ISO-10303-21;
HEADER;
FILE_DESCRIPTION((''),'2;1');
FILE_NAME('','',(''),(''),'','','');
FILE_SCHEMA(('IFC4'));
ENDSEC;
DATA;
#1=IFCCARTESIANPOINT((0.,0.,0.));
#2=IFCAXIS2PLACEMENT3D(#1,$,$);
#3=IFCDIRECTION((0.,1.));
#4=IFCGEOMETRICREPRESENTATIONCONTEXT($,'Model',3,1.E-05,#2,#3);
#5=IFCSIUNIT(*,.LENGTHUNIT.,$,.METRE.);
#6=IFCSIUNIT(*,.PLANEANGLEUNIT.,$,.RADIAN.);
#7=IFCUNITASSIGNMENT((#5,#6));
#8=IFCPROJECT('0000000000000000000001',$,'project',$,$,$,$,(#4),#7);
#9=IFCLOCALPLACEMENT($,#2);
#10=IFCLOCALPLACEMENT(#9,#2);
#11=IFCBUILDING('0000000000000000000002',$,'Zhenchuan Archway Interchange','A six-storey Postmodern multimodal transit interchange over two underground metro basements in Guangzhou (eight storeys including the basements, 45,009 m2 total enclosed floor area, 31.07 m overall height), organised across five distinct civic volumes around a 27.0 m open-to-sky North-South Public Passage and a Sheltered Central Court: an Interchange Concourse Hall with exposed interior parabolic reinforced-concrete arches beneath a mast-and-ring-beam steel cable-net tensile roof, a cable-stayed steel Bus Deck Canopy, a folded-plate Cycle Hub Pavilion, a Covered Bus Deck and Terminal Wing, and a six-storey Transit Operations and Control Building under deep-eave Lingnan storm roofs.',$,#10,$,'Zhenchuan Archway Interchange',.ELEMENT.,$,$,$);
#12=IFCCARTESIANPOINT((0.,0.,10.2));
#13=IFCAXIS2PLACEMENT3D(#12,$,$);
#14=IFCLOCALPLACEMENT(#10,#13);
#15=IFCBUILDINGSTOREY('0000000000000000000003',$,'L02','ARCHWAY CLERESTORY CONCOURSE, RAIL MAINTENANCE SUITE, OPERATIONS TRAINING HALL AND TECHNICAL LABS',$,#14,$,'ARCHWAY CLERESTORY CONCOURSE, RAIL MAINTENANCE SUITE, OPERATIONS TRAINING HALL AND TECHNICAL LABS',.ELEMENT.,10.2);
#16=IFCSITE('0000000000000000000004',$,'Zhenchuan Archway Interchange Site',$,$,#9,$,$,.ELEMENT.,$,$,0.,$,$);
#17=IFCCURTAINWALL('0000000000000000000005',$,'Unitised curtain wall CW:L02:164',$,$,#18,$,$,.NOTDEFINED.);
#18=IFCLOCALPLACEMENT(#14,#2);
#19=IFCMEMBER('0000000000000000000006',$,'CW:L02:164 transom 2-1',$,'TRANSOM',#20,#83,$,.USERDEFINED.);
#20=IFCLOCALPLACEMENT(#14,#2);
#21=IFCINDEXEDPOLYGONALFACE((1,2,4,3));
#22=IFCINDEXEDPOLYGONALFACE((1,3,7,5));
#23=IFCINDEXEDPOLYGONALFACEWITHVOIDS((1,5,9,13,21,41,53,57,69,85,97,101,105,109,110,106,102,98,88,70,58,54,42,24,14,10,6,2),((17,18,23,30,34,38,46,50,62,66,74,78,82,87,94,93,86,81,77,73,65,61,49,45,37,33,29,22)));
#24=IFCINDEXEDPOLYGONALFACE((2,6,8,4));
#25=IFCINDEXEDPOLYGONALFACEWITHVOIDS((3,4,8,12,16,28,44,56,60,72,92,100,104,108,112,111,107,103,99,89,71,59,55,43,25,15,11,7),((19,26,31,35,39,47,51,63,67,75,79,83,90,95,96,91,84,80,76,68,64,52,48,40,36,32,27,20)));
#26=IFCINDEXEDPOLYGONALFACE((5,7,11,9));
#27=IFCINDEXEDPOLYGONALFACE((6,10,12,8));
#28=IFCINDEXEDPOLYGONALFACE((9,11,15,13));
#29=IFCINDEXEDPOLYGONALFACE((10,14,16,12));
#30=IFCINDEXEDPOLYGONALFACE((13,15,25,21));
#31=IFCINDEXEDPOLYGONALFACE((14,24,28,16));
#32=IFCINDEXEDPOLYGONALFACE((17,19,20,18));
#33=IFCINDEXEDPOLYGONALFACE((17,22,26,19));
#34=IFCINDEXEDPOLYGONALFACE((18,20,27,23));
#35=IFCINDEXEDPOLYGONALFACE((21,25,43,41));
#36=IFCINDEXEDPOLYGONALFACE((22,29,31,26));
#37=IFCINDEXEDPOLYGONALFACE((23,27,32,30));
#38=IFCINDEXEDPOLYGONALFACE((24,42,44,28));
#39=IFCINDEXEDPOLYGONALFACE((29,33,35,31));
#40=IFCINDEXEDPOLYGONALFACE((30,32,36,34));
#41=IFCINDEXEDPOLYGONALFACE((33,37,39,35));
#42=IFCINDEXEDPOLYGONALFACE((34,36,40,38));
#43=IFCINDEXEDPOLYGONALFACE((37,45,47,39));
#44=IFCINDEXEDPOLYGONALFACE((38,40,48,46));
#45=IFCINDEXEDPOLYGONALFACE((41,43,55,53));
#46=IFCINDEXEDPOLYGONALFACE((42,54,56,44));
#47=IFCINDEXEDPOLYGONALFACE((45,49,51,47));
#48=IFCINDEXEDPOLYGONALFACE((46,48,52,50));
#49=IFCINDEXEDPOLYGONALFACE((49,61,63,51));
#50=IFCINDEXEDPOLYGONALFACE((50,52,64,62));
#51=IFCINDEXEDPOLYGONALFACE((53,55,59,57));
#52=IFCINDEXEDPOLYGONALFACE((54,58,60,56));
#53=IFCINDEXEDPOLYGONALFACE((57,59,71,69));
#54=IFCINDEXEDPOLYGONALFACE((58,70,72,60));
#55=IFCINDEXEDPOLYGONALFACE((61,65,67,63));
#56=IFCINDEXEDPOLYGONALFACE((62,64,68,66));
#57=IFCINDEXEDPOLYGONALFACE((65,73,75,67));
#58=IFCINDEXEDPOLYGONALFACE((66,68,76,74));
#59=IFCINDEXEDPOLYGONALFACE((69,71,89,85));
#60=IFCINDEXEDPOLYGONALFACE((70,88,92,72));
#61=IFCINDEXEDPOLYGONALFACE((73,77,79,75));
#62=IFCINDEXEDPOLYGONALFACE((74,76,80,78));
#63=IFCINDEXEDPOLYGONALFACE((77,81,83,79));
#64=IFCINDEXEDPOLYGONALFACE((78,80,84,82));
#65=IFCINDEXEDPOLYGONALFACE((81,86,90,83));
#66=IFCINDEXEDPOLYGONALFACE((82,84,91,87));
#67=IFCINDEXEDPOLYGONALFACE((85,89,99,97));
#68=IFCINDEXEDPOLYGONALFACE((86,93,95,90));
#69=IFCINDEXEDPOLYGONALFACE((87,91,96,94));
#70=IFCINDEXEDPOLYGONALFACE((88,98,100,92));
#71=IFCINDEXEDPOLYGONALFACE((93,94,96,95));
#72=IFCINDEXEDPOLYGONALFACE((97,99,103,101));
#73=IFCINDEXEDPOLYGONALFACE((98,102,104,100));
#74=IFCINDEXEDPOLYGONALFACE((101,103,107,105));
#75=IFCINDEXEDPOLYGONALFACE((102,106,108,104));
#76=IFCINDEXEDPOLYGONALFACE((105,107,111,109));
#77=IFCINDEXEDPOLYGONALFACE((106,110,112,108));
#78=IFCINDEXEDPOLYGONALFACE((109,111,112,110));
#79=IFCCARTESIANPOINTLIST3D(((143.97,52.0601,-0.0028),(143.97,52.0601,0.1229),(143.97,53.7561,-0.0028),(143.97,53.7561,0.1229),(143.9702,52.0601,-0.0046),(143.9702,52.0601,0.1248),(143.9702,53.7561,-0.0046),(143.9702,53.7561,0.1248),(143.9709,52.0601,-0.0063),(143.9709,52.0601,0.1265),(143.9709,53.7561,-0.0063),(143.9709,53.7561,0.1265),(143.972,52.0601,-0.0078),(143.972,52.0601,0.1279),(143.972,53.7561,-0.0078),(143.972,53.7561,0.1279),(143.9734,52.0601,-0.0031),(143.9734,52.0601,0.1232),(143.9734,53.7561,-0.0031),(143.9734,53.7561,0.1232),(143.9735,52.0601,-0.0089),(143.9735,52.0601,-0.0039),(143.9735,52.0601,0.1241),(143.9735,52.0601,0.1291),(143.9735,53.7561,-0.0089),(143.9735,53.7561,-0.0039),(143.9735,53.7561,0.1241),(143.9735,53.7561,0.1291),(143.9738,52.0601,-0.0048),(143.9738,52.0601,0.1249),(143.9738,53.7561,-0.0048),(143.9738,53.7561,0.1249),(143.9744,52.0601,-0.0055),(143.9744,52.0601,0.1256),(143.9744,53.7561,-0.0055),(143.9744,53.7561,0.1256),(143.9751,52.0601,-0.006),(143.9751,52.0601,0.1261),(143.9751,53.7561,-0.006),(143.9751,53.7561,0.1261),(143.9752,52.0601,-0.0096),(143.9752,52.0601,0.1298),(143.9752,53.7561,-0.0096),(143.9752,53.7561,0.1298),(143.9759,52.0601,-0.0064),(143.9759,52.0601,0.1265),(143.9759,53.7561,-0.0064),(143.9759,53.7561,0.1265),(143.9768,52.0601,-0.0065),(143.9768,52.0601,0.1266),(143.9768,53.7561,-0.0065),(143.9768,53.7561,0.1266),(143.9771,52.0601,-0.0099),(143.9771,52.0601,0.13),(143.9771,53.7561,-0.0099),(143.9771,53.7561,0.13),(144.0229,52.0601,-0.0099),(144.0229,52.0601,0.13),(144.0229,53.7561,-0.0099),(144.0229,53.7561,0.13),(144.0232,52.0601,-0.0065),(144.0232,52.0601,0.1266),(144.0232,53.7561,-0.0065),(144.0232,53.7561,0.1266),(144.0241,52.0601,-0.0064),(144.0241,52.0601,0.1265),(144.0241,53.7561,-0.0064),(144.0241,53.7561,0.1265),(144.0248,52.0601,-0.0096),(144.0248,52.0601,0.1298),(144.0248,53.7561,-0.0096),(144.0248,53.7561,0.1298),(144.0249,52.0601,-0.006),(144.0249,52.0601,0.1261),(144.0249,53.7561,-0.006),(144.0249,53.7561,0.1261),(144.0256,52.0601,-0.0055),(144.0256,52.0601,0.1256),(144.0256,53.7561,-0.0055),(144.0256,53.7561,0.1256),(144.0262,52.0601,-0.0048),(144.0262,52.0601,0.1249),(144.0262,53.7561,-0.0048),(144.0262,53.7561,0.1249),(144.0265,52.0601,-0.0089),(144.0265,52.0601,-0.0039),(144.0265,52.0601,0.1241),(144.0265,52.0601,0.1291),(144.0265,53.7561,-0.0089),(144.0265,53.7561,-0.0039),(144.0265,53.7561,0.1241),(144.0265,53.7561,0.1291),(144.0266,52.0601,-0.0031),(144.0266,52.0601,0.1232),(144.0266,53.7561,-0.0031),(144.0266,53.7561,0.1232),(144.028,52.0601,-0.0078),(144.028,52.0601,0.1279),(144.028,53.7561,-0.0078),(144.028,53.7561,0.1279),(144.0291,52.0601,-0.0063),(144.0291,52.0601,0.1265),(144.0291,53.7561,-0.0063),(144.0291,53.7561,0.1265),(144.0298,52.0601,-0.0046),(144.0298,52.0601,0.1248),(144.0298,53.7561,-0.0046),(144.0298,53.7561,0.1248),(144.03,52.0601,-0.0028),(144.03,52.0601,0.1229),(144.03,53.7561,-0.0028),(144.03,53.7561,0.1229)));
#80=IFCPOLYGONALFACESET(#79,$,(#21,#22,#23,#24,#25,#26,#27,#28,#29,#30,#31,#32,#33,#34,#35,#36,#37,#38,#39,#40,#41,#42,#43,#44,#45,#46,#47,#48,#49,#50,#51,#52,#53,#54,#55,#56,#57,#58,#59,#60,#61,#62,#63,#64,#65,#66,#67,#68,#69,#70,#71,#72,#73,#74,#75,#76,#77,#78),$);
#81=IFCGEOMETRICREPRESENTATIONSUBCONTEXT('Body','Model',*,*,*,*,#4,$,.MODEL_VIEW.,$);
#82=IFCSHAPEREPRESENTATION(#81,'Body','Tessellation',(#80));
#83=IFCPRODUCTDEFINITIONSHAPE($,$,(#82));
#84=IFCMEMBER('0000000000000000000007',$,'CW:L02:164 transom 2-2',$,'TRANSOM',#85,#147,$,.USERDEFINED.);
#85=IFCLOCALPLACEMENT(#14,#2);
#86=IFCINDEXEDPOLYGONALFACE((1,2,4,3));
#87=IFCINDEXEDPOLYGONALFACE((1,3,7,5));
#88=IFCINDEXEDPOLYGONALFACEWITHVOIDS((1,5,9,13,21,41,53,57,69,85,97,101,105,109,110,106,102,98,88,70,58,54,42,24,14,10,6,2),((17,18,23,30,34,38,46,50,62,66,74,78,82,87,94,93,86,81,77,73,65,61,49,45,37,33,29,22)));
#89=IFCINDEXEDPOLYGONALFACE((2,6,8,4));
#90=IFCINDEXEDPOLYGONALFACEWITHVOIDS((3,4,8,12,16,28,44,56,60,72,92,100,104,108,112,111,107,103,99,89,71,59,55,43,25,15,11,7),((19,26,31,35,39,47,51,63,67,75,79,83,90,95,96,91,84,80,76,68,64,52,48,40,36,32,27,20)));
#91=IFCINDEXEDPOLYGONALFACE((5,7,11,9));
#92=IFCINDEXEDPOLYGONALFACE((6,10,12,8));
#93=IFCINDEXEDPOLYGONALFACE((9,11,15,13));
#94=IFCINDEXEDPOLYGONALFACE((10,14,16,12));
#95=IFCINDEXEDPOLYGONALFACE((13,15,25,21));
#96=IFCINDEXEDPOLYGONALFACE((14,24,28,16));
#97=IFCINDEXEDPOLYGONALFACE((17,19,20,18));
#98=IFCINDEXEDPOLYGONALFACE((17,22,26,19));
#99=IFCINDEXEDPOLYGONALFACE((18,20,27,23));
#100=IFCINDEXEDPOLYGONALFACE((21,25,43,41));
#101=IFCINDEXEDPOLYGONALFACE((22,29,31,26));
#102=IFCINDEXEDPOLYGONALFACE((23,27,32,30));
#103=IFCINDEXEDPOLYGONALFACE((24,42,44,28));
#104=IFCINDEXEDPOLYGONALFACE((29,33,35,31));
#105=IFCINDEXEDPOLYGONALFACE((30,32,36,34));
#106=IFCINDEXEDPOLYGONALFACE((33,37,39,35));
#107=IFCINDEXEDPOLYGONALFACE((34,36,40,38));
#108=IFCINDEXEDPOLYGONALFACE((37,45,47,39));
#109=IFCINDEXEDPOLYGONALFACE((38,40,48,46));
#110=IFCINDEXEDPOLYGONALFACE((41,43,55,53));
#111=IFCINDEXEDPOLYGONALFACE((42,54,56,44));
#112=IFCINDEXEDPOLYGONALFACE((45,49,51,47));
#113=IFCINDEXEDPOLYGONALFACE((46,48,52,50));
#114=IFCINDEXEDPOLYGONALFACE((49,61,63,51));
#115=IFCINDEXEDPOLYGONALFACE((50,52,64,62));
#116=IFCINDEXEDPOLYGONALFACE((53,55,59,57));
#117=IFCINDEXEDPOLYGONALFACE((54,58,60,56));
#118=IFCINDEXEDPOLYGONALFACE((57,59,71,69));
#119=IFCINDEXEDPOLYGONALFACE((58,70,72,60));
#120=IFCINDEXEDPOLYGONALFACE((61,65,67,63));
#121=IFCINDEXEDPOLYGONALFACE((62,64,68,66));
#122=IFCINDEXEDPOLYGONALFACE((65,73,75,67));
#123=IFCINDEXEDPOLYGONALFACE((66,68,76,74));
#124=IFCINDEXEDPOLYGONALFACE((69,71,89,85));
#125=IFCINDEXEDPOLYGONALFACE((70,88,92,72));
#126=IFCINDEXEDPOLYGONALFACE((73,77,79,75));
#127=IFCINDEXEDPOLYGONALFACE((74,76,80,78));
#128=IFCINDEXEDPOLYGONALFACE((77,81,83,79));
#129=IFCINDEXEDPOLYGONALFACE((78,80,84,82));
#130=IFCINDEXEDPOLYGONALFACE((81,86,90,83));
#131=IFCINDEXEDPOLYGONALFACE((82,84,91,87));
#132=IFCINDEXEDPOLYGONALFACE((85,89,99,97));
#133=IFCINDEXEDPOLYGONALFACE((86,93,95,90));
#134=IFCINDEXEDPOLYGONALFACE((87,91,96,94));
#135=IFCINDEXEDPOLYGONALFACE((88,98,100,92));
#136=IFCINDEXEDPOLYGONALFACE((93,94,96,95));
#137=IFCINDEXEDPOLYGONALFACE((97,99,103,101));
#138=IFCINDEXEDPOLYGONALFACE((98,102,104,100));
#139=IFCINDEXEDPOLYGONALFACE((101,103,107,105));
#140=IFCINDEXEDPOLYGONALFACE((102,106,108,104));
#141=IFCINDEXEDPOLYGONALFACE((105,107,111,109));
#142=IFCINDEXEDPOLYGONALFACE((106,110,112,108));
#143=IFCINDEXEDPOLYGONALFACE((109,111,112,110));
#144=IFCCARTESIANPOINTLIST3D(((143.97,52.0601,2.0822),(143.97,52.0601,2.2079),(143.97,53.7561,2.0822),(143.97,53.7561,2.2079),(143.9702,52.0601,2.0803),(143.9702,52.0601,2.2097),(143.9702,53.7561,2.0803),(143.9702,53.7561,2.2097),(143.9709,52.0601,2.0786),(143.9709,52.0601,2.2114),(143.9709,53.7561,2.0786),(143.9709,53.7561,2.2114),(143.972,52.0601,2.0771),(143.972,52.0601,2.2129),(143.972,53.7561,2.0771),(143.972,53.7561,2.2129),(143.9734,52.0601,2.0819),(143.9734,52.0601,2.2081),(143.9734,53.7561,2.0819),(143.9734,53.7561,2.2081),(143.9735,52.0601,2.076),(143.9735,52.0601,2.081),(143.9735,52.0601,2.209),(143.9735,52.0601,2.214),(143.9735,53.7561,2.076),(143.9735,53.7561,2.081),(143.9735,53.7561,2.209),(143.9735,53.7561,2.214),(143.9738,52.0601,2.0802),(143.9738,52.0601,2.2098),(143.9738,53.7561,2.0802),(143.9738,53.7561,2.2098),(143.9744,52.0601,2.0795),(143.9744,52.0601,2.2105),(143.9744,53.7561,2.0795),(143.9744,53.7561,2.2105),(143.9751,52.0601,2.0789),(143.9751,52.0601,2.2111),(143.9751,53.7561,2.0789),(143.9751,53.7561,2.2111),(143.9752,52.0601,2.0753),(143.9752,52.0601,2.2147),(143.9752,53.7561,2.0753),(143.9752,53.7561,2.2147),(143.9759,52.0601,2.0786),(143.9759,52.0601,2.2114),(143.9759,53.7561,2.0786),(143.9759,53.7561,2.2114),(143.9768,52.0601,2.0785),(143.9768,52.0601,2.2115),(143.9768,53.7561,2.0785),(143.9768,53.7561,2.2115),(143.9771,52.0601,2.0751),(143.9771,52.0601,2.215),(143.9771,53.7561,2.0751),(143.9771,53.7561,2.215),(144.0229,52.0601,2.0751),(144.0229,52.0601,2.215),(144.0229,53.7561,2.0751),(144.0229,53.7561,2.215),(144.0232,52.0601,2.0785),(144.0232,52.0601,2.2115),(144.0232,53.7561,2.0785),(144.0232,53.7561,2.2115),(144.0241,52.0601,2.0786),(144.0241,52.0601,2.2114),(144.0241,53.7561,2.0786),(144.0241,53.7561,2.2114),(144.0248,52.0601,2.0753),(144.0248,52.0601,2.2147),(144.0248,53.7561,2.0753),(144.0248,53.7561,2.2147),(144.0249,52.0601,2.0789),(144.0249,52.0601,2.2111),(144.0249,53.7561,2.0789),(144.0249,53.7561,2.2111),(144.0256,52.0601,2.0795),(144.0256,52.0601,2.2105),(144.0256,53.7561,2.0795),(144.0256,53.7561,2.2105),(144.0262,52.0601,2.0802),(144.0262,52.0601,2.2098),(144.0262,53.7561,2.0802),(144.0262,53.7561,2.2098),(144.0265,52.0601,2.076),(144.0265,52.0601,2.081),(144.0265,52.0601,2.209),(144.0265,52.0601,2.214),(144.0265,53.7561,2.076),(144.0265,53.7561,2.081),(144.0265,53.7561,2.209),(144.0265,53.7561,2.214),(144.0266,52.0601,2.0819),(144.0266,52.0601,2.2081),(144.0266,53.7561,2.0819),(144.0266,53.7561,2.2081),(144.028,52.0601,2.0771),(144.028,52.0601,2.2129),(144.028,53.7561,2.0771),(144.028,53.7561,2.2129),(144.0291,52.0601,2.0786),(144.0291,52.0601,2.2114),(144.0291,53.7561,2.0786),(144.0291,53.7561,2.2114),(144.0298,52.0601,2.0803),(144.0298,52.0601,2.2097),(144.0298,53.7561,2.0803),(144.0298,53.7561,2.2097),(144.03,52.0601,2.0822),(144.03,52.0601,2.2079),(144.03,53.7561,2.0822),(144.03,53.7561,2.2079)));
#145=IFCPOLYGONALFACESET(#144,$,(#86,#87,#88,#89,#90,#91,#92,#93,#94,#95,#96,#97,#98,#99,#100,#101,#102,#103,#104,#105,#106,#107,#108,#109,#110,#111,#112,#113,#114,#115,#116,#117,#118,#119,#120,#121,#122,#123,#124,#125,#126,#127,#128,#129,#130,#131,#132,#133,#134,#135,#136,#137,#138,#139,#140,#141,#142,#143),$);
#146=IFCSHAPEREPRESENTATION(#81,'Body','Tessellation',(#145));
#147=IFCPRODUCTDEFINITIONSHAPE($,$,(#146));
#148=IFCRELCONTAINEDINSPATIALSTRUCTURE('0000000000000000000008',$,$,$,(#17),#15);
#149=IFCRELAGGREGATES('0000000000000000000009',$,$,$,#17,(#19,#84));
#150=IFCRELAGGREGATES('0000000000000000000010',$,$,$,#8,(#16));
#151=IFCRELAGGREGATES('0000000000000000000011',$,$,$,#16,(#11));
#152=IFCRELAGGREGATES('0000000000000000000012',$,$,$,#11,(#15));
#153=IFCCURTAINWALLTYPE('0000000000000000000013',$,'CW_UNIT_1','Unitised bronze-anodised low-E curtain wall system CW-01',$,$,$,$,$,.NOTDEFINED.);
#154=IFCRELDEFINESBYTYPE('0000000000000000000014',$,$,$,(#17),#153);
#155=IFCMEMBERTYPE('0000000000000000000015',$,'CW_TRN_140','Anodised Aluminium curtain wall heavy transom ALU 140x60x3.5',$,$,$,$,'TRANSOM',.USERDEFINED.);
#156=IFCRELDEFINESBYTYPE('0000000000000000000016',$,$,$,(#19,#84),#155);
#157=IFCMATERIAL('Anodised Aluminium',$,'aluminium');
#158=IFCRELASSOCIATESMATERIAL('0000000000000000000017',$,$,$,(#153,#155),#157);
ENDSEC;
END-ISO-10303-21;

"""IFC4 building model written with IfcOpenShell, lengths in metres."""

from ifc_helpers import new_model, si_unit, direction, frame, origin, origin_2d, place, context, subcontext, project, spatial, hollow_rectangle, extrude, material, material_profile, profile_set, type_object, element, aggregate, save


model = new_model("IFC4")

# Units and contexts
model_context = context("Model", 3, precision=1e-05, world=origin(), true_north=direction((0.0, 1.0)))
body_context = subcontext(model_context, "Body", "Model", "MODEL_VIEW")
ifc_project = project(units=[si_unit("LENGTHUNIT", "METRE"), si_unit("PLANEANGLEUNIT", "RADIAN")], contexts=[model_context])

# Site, building, storey
site_placement = place(None, origin())
site = spatial("IfcSite", under=ifc_project, at=site_placement, Name="Zhenchuan Archway Interchange Site", CompositionType="ELEMENT", RefElevation=0.0)
building_placement = place(site_placement, origin())
building = spatial("IfcBuilding", under=site, at=building_placement, Name="Zhenchuan Archway Interchange", Description="A six-storey Postmodern multimodal transit interchange over two underground metro basements in Guangzhou (eight storeys including the basements, 45,009 m2 total enclosed floor area, 31.07 m overall height), organised across five distinct civic volumes around a 27.0 m open-to-sky North-South Public Passage and a Sheltered Central Court: an Interchange Concourse Hall with exposed interior parabolic reinforced-concrete arches beneath a mast-and-ring-beam steel cable-net tensile roof, a cable-stayed steel Bus Deck Canopy, a folded-plate Cycle Hub Pavilion, a Covered Bus Deck and Terminal Wing, and a six-storey Transit Operations and Control Building under deep-eave Lingnan storm roofs.", LongName="Zhenchuan Archway Interchange", CompositionType="ELEMENT")
storey_placement = place(building_placement, frame((0.0, 0.0, 10.2)))
storey = spatial("IfcBuildingStorey", under=building, at=storey_placement, Name="L02", Description="ARCHWAY CLERESTORY CONCOURSE, RAIL MAINTENANCE SUITE, OPERATIONS TRAINING HALL AND TECHNICAL LABS", LongName="ARCHWAY CLERESTORY CONCOURSE, RAIL MAINTENANCE SUITE, OPERATIONS TRAINING HALL AND TECHNICAL LABS", CompositionType="ELEMENT", Elevation=10.2)

# Curtain wall, members
ifc_material_1 = material(Name="Anodised Aluminium", Category="aluminium")
curtain_wall_type = type_object("IfcCurtainWallType", Name="CW_UNIT_1", Description="Unitised bronze-anodised low-E curtain wall system CW-01", PredefinedType="NOTDEFINED", material=ifc_material_1)
curtain_wall_placement = place(storey_placement, origin())
curtain_wall = element("IfcCurtainWall", 1, at=curtain_wall_placement, inside=storey, type_object=curtain_wall_type, Name="Unitised curtain wall CW:L02:164", PredefinedType="NOTDEFINED")
ifc_material_profile_1 = material_profile(ifc_material_1, hollow_rectangle(XDim=0.0601, YDim=0.1399, WallThickness=0.0034, InnerFilletRadius=0.0034, OuterFilletRadius=0.0071, at=origin_2d()), Name="ALU 140x60x3.5")
ifc_profile_set_1 = profile_set([ifc_material_profile_1], Name="Anodised Aluminium")
member_type_1 = type_object("IfcMemberType", Name="CW_TRN_140", Description="Anodised Aluminium curtain wall heavy transom ALU 140x60x3.5", ElementType="TRANSOM", PredefinedType="USERDEFINED", material=ifc_profile_set_1)
member_1_placement = place(storey_placement, frame((144.0, 52.0601, 0.0601), z_axis=(0.0, 1.0, 0.0), x_axis=(-1.0, 0.0, 0.0)))
member_1 = element("IfcMember", 2, at=member_1_placement, type_object=member_type_1, Name="CW:L02:164 transom 2-1", ObjectType="TRANSOM", PredefinedType="USERDEFINED", context=body_context, shape_type="SweptSolid", body=[
    extrude(hollow_rectangle(XDim=0.0601, YDim=0.1399, WallThickness=0.0034, InnerFilletRadius=0.0034, OuterFilletRadius=0.0071, at=origin_2d()), origin(), (0.0, 0.0, 1.0), 1.696),
])
member_2_placement = place(storey_placement, frame((144.0, 52.0601, 2.145), z_axis=(0.0, 1.0, 0.0), x_axis=(-1.0, 0.0, 0.0)))
member_2 = element("IfcMember", 3, at=member_2_placement, type_object=member_type_1, Name="CW:L02:164 transom 2-2", ObjectType="TRANSOM", PredefinedType="USERDEFINED", context=body_context, shape_type="SweptSolid", body=[
    extrude(hollow_rectangle(XDim=0.0601, YDim=0.1399, WallThickness=0.0034, InnerFilletRadius=0.0034, OuterFilletRadius=0.0071, at=origin_2d()), origin(), (0.0, 0.0, 1.0), 1.696),
])
aggregate(curtain_wall, [member_1, member_2])

save(model, "model.ifc")
